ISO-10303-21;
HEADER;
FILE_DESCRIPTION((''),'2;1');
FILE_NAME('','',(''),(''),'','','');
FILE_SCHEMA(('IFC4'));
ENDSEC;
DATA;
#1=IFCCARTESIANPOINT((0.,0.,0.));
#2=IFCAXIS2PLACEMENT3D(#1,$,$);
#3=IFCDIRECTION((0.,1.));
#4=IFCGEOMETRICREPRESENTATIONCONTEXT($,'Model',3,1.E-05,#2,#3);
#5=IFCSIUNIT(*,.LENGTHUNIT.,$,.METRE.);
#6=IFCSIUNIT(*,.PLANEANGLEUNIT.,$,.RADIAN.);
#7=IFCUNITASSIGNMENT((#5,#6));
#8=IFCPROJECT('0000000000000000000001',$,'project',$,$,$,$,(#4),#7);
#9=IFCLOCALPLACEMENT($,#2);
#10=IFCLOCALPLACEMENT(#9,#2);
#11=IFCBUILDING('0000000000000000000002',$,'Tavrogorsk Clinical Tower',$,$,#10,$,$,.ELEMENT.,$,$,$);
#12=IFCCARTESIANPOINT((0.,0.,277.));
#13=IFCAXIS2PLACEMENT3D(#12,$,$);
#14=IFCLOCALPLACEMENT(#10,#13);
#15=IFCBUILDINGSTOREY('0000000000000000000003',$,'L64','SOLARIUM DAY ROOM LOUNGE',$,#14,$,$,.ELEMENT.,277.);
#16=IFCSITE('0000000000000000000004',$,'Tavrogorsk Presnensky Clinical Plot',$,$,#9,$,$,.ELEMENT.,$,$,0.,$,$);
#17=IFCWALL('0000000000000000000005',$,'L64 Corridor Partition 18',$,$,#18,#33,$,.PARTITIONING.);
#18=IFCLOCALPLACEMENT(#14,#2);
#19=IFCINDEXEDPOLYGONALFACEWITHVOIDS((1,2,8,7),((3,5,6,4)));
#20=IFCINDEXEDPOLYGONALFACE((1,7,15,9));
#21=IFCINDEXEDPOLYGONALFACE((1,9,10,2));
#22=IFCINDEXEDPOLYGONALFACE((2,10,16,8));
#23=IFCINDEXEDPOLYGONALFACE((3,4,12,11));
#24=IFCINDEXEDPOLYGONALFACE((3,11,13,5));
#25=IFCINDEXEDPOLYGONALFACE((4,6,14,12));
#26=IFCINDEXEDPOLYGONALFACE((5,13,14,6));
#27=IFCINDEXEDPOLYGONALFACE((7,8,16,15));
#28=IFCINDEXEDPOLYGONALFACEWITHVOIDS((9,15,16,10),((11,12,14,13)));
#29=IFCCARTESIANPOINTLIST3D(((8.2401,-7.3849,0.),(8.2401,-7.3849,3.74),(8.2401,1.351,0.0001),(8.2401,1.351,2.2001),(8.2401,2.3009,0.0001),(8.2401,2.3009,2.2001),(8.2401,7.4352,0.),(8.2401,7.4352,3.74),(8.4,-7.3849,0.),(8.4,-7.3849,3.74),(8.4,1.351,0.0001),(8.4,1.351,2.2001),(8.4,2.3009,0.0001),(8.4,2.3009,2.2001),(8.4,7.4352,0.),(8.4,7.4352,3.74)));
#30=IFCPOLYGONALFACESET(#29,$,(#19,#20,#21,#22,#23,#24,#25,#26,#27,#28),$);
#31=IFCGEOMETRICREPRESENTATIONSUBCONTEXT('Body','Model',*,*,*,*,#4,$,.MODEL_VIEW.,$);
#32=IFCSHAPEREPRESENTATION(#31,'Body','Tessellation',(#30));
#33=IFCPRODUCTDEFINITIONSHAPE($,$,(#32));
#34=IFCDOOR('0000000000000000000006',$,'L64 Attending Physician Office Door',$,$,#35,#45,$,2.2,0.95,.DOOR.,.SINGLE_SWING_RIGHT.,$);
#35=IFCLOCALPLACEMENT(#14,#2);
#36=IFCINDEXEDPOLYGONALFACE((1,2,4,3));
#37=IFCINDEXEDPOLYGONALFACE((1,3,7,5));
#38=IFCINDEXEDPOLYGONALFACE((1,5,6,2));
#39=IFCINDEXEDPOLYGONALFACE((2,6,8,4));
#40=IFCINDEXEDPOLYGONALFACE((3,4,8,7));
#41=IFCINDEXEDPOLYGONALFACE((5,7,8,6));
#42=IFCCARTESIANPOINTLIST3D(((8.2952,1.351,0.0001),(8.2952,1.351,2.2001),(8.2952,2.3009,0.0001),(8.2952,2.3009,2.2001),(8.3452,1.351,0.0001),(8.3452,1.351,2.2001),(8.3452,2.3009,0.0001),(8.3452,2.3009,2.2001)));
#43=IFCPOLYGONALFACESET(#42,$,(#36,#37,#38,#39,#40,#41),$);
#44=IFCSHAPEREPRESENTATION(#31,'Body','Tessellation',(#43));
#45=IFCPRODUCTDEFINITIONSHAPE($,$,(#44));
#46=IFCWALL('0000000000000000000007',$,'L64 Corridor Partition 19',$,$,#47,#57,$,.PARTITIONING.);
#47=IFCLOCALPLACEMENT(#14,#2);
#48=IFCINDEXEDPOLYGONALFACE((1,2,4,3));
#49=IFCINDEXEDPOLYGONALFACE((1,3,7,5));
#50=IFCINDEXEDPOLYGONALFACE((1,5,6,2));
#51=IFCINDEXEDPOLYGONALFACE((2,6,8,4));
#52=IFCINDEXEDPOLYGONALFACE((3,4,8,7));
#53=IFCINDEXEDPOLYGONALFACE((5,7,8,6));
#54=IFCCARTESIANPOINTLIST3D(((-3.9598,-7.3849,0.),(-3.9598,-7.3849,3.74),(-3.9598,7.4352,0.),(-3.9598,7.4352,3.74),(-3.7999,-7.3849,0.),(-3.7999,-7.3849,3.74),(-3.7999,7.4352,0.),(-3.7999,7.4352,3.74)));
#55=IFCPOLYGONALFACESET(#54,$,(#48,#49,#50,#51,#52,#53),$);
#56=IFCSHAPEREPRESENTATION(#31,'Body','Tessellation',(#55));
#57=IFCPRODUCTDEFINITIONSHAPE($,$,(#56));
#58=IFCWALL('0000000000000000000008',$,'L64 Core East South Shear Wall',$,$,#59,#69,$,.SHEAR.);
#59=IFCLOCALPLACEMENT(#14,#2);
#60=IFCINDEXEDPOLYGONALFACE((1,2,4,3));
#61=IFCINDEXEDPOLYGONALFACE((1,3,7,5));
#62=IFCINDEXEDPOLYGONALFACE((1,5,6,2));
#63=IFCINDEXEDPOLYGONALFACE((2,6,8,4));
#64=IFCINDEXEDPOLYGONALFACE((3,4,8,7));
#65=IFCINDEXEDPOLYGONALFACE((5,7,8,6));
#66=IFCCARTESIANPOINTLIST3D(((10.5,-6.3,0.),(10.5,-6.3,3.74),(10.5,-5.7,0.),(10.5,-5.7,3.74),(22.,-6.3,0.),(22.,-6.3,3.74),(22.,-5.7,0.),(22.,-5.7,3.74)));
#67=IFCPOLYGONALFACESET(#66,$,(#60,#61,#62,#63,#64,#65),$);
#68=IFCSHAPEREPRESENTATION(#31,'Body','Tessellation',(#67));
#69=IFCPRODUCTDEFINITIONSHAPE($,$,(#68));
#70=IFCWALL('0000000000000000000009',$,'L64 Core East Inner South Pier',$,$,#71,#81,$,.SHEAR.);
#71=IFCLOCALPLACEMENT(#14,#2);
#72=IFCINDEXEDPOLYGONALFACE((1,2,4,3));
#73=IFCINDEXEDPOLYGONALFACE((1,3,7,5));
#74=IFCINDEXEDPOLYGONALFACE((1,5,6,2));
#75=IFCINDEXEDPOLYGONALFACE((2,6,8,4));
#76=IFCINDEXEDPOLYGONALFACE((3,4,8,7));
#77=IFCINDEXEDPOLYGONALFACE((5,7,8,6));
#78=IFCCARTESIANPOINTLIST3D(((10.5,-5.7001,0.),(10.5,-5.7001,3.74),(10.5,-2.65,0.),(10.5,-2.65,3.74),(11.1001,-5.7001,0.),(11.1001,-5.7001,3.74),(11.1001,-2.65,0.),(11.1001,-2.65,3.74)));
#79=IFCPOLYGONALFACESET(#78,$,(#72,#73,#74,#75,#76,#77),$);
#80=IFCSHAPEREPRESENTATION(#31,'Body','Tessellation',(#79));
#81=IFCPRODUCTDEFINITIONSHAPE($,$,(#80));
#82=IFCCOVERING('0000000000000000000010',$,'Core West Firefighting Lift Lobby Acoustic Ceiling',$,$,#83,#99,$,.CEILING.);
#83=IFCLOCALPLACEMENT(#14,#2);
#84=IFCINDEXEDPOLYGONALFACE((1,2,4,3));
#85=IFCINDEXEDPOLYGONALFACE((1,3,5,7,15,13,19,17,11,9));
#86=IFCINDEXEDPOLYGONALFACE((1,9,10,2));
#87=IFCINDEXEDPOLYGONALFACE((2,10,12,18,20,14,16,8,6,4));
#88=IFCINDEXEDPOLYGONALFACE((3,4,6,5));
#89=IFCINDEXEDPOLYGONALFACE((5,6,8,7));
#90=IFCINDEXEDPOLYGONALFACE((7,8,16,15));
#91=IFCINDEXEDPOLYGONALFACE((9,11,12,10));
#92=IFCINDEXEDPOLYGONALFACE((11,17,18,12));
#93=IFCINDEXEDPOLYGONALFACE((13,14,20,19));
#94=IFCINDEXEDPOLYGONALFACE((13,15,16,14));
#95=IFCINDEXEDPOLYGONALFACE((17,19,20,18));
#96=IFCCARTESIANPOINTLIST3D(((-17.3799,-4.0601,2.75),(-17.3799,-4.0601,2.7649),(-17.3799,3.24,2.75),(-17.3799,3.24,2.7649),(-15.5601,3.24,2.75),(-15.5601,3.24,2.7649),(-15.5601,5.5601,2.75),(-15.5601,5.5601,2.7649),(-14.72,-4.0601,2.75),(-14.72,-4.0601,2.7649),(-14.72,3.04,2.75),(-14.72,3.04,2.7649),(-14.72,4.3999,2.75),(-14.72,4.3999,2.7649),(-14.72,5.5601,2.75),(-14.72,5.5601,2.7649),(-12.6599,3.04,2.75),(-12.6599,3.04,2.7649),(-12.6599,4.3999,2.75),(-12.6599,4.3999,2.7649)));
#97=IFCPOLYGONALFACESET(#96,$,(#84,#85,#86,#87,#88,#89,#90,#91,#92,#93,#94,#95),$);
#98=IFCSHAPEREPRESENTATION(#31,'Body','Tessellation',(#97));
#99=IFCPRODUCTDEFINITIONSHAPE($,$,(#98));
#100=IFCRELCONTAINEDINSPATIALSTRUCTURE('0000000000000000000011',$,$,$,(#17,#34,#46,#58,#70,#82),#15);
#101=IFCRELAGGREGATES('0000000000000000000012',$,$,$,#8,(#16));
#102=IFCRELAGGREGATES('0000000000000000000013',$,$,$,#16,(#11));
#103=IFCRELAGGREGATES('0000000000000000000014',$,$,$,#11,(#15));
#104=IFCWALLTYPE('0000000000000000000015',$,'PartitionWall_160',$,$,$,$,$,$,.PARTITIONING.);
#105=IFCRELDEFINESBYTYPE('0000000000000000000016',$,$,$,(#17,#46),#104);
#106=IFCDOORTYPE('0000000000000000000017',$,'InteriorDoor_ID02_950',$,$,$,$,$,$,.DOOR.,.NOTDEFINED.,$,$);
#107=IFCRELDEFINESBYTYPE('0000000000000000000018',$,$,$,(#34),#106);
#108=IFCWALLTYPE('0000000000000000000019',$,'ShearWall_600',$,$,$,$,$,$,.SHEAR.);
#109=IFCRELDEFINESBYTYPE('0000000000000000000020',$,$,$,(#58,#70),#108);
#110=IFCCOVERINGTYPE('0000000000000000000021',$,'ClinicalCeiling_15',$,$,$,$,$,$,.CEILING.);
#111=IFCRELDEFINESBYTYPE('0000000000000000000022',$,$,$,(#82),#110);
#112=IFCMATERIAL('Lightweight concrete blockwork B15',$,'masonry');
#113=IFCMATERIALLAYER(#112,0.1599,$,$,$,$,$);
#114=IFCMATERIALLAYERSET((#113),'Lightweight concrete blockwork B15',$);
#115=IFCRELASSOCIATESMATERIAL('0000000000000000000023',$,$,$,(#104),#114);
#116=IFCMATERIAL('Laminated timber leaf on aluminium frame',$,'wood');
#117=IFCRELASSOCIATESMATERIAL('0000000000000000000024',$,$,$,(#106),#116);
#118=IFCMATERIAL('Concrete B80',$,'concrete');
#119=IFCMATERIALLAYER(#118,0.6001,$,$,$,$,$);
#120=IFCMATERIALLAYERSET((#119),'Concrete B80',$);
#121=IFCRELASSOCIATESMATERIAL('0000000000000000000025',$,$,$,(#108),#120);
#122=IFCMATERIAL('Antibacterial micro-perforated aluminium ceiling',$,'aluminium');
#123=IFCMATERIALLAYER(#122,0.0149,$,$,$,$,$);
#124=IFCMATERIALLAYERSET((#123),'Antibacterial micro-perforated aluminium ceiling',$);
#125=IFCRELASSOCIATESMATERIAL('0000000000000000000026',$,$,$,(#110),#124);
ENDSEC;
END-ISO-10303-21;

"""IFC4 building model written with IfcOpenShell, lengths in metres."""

from ifc_helpers import new_model, si_unit, direction, frame, frame_2d, origin, place, context, subcontext, project, spatial, polyline, rectangle, outline, extrude, material, layer, layer_set, type_object, element, fill, save


model = new_model("IFC4")

# Units and contexts
model_context = context("Model", 3, precision=1e-05, world=origin(), true_north=direction((0.0, 1.0)))
body_context = subcontext(model_context, "Body", "Model", "MODEL_VIEW")
ifc_project = project(units=[si_unit("LENGTHUNIT", "METRE"), si_unit("PLANEANGLEUNIT", "RADIAN")], contexts=[model_context])

# Site, building, storey
site_placement = place(None, origin())
site = spatial("IfcSite", under=ifc_project, at=site_placement, Name="Tavrogorsk Presnensky Clinical Plot", CompositionType="ELEMENT", RefElevation=0.0)
building_placement = place(site_placement, origin())
building = spatial("IfcBuilding", under=site, at=building_placement, Name="Tavrogorsk Clinical Tower", CompositionType="ELEMENT")
storey_placement = place(building_placement, frame((0.0, 0.0, 277.0)))
storey = spatial("IfcBuildingStorey", under=building, at=storey_placement, Name="L64", Description="SOLARIUM DAY ROOM LOUNGE", CompositionType="ELEMENT", Elevation=277.0)

# Shared definitions
ifc_material_1 = material(Name="Lightweight concrete blockwork B15", Category="masonry")
ifc_layer_1 = layer(ifc_material_1, 0.1599)
ifc_layer_set_1 = layer_set([ifc_layer_1], Name="Lightweight concrete blockwork B15")
wall_type_1 = type_object("IfcWallType", Name="PartitionWall_160", PredefinedType="PARTITIONING", material=ifc_layer_set_1)
ifc_material_2 = material(Name="Laminated timber leaf on aluminium frame", Category="wood")
door_type = type_object("IfcDoorType", Name="InteriorDoor_ID02_950", OperationType="NOTDEFINED", PredefinedType="DOOR", material=ifc_material_2)

# Wall, opening, door
wall_1_placement = place(storey_placement, frame((8.3201, -7.385, 0.0), z_axis=(0.0, 0.0, 1.0), x_axis=(0.0, 1.0, 0.0)))
wall_1 = element("IfcWall", 1, at=wall_1_placement, inside=storey, type_object=wall_type_1, Name="L64 Corridor Partition 18", PredefinedType="PARTITIONING", context=body_context, shape_type="SweptSolid", body=[
    extrude(rectangle(XDim=14.8201, YDim=0.1599, at=frame_2d((7.4102, 0.0))), origin(), (0.0, 0.0, 1.0), 3.74),
])
opening_1_placement = place(wall_1_placement, frame((8.7358, 0.0, 0.0)))
opening_1 = element("IfcOpeningElement", 2, at=opening_1_placement, cuts=wall_1, PredefinedType="OPENING", context=body_context, shape_type="SweptSolid", body=[
    extrude(rectangle(XDim=0.95, YDim=2.2, at=frame_2d((0.4751, 1.1001))), frame((0.0, 0.0898, 0.0), z_axis=(0.0, -1.0, 0.0), x_axis=(1.0, 0.0, 0.0)), (0.0, 0.0, 1.0), 0.1799),
])
door_1_placement = place(opening_1_placement, origin())
door_1 = element("IfcDoor", 3, at=door_1_placement, inside=storey, type_object=door_type, Name="L64 Attending Physician Office Door", OperationType="SINGLE_SWING_RIGHT", OverallHeight=2.2, OverallWidth=0.95, PredefinedType="DOOR", context=body_context, shape_type="SweptSolid", body=[
    extrude(rectangle(XDim=0.95, YDim=2.2, at=frame_2d((0.4751, 1.1001))), frame((0.0, 0.0249, 0.0), z_axis=(0.0, -1.0, 0.0), x_axis=(1.0, 0.0, 0.0)), (0.0, 0.0, 1.0), 0.05),
])
fill(opening_1, door_1)

# Walls
wall_2_placement = place(storey_placement, frame((-3.8799, -7.385, 0.0), z_axis=(0.0, 0.0, 1.0), x_axis=(0.0, 1.0, 0.0)))
element("IfcWall", 4, at=wall_2_placement, inside=storey, type_object=wall_type_1, Name="L64 Corridor Partition 19", PredefinedType="PARTITIONING", context=body_context, shape_type="SweptSolid", body=[
    extrude(rectangle(XDim=14.8201, YDim=0.1599, at=frame_2d((7.4102, 0.0))), origin(), (0.0, 0.0, 1.0), 3.74),
])
ifc_material_3 = material(Name="Concrete B80", Category="concrete")
ifc_layer_2 = layer(ifc_material_3, 0.6001)
ifc_layer_set_2 = layer_set([ifc_layer_2], Name="Concrete B80")
wall_type_2 = type_object("IfcWallType", Name="ShearWall_600", PredefinedType="SHEAR", material=ifc_layer_set_2)
wall_3_placement = place(storey_placement, frame((10.5, -6.0, 0.0), z_axis=(0.0, 0.0, 1.0), x_axis=(1.0, 0.0, 0.0)))
element("IfcWall", 5, at=wall_3_placement, inside=storey, type_object=wall_type_2, Name="L64 Core East South Shear Wall", PredefinedType="SHEAR", context=body_context, shape_type="SweptSolid", body=[
    extrude(rectangle(XDim=11.5, YDim=0.6001, at=frame_2d((5.75, 0.0))), origin(), (0.0, 0.0, 1.0), 3.74),
])
wall_4_placement = place(storey_placement, frame((10.8, -5.7, 0.0), z_axis=(0.0, 0.0, 1.0), x_axis=(0.0, 1.0, 0.0)))
element("IfcWall", 6, at=wall_4_placement, inside=storey, type_object=wall_type_2, Name="L64 Core East Inner South Pier", PredefinedType="SHEAR", context=body_context, shape_type="SweptSolid", body=[
    extrude(rectangle(XDim=3.05, YDim=0.6001, at=frame_2d((1.5249, 0.0))), origin(), (0.0, 0.0, 1.0), 3.74),
])

# Covering
ifc_material_4 = material(Name="Antibacterial micro-perforated aluminium ceiling", Category="aluminium")
ifc_layer_3 = layer(ifc_material_4, 0.0149)
ifc_layer_set_3 = layer_set([ifc_layer_3], Name="Antibacterial micro-perforated aluminium ceiling")
covering_type = type_object("IfcCoveringType", Name="ClinicalCeiling_15", PredefinedType="CEILING", material=ifc_layer_set_3)
covering_placement = place(storey_placement, frame((0.0, 0.0, 2.75)))
element("IfcCovering", 7, at=covering_placement, inside=storey, type_object=covering_type, Name="Core West Firefighting Lift Lobby Acoustic Ceiling", PredefinedType="CEILING", context=body_context, shape_type="SweptSolid", body=[
    extrude(outline(polyline([(-17.3799, -4.0601), (-17.3799, 3.24), (-15.5601, 3.24), (-15.5601, 5.5601), (-14.72, 5.5601), (-14.72, 4.3999), (-12.6599, 4.3999), (-12.6599, 3.04), (-14.72, 3.04), (-14.72, -4.0601), (-17.3799, -4.0601)])), origin(), (0.0, 0.0, 1.0), 0.0149),
])

save(model, "model.ifc")
